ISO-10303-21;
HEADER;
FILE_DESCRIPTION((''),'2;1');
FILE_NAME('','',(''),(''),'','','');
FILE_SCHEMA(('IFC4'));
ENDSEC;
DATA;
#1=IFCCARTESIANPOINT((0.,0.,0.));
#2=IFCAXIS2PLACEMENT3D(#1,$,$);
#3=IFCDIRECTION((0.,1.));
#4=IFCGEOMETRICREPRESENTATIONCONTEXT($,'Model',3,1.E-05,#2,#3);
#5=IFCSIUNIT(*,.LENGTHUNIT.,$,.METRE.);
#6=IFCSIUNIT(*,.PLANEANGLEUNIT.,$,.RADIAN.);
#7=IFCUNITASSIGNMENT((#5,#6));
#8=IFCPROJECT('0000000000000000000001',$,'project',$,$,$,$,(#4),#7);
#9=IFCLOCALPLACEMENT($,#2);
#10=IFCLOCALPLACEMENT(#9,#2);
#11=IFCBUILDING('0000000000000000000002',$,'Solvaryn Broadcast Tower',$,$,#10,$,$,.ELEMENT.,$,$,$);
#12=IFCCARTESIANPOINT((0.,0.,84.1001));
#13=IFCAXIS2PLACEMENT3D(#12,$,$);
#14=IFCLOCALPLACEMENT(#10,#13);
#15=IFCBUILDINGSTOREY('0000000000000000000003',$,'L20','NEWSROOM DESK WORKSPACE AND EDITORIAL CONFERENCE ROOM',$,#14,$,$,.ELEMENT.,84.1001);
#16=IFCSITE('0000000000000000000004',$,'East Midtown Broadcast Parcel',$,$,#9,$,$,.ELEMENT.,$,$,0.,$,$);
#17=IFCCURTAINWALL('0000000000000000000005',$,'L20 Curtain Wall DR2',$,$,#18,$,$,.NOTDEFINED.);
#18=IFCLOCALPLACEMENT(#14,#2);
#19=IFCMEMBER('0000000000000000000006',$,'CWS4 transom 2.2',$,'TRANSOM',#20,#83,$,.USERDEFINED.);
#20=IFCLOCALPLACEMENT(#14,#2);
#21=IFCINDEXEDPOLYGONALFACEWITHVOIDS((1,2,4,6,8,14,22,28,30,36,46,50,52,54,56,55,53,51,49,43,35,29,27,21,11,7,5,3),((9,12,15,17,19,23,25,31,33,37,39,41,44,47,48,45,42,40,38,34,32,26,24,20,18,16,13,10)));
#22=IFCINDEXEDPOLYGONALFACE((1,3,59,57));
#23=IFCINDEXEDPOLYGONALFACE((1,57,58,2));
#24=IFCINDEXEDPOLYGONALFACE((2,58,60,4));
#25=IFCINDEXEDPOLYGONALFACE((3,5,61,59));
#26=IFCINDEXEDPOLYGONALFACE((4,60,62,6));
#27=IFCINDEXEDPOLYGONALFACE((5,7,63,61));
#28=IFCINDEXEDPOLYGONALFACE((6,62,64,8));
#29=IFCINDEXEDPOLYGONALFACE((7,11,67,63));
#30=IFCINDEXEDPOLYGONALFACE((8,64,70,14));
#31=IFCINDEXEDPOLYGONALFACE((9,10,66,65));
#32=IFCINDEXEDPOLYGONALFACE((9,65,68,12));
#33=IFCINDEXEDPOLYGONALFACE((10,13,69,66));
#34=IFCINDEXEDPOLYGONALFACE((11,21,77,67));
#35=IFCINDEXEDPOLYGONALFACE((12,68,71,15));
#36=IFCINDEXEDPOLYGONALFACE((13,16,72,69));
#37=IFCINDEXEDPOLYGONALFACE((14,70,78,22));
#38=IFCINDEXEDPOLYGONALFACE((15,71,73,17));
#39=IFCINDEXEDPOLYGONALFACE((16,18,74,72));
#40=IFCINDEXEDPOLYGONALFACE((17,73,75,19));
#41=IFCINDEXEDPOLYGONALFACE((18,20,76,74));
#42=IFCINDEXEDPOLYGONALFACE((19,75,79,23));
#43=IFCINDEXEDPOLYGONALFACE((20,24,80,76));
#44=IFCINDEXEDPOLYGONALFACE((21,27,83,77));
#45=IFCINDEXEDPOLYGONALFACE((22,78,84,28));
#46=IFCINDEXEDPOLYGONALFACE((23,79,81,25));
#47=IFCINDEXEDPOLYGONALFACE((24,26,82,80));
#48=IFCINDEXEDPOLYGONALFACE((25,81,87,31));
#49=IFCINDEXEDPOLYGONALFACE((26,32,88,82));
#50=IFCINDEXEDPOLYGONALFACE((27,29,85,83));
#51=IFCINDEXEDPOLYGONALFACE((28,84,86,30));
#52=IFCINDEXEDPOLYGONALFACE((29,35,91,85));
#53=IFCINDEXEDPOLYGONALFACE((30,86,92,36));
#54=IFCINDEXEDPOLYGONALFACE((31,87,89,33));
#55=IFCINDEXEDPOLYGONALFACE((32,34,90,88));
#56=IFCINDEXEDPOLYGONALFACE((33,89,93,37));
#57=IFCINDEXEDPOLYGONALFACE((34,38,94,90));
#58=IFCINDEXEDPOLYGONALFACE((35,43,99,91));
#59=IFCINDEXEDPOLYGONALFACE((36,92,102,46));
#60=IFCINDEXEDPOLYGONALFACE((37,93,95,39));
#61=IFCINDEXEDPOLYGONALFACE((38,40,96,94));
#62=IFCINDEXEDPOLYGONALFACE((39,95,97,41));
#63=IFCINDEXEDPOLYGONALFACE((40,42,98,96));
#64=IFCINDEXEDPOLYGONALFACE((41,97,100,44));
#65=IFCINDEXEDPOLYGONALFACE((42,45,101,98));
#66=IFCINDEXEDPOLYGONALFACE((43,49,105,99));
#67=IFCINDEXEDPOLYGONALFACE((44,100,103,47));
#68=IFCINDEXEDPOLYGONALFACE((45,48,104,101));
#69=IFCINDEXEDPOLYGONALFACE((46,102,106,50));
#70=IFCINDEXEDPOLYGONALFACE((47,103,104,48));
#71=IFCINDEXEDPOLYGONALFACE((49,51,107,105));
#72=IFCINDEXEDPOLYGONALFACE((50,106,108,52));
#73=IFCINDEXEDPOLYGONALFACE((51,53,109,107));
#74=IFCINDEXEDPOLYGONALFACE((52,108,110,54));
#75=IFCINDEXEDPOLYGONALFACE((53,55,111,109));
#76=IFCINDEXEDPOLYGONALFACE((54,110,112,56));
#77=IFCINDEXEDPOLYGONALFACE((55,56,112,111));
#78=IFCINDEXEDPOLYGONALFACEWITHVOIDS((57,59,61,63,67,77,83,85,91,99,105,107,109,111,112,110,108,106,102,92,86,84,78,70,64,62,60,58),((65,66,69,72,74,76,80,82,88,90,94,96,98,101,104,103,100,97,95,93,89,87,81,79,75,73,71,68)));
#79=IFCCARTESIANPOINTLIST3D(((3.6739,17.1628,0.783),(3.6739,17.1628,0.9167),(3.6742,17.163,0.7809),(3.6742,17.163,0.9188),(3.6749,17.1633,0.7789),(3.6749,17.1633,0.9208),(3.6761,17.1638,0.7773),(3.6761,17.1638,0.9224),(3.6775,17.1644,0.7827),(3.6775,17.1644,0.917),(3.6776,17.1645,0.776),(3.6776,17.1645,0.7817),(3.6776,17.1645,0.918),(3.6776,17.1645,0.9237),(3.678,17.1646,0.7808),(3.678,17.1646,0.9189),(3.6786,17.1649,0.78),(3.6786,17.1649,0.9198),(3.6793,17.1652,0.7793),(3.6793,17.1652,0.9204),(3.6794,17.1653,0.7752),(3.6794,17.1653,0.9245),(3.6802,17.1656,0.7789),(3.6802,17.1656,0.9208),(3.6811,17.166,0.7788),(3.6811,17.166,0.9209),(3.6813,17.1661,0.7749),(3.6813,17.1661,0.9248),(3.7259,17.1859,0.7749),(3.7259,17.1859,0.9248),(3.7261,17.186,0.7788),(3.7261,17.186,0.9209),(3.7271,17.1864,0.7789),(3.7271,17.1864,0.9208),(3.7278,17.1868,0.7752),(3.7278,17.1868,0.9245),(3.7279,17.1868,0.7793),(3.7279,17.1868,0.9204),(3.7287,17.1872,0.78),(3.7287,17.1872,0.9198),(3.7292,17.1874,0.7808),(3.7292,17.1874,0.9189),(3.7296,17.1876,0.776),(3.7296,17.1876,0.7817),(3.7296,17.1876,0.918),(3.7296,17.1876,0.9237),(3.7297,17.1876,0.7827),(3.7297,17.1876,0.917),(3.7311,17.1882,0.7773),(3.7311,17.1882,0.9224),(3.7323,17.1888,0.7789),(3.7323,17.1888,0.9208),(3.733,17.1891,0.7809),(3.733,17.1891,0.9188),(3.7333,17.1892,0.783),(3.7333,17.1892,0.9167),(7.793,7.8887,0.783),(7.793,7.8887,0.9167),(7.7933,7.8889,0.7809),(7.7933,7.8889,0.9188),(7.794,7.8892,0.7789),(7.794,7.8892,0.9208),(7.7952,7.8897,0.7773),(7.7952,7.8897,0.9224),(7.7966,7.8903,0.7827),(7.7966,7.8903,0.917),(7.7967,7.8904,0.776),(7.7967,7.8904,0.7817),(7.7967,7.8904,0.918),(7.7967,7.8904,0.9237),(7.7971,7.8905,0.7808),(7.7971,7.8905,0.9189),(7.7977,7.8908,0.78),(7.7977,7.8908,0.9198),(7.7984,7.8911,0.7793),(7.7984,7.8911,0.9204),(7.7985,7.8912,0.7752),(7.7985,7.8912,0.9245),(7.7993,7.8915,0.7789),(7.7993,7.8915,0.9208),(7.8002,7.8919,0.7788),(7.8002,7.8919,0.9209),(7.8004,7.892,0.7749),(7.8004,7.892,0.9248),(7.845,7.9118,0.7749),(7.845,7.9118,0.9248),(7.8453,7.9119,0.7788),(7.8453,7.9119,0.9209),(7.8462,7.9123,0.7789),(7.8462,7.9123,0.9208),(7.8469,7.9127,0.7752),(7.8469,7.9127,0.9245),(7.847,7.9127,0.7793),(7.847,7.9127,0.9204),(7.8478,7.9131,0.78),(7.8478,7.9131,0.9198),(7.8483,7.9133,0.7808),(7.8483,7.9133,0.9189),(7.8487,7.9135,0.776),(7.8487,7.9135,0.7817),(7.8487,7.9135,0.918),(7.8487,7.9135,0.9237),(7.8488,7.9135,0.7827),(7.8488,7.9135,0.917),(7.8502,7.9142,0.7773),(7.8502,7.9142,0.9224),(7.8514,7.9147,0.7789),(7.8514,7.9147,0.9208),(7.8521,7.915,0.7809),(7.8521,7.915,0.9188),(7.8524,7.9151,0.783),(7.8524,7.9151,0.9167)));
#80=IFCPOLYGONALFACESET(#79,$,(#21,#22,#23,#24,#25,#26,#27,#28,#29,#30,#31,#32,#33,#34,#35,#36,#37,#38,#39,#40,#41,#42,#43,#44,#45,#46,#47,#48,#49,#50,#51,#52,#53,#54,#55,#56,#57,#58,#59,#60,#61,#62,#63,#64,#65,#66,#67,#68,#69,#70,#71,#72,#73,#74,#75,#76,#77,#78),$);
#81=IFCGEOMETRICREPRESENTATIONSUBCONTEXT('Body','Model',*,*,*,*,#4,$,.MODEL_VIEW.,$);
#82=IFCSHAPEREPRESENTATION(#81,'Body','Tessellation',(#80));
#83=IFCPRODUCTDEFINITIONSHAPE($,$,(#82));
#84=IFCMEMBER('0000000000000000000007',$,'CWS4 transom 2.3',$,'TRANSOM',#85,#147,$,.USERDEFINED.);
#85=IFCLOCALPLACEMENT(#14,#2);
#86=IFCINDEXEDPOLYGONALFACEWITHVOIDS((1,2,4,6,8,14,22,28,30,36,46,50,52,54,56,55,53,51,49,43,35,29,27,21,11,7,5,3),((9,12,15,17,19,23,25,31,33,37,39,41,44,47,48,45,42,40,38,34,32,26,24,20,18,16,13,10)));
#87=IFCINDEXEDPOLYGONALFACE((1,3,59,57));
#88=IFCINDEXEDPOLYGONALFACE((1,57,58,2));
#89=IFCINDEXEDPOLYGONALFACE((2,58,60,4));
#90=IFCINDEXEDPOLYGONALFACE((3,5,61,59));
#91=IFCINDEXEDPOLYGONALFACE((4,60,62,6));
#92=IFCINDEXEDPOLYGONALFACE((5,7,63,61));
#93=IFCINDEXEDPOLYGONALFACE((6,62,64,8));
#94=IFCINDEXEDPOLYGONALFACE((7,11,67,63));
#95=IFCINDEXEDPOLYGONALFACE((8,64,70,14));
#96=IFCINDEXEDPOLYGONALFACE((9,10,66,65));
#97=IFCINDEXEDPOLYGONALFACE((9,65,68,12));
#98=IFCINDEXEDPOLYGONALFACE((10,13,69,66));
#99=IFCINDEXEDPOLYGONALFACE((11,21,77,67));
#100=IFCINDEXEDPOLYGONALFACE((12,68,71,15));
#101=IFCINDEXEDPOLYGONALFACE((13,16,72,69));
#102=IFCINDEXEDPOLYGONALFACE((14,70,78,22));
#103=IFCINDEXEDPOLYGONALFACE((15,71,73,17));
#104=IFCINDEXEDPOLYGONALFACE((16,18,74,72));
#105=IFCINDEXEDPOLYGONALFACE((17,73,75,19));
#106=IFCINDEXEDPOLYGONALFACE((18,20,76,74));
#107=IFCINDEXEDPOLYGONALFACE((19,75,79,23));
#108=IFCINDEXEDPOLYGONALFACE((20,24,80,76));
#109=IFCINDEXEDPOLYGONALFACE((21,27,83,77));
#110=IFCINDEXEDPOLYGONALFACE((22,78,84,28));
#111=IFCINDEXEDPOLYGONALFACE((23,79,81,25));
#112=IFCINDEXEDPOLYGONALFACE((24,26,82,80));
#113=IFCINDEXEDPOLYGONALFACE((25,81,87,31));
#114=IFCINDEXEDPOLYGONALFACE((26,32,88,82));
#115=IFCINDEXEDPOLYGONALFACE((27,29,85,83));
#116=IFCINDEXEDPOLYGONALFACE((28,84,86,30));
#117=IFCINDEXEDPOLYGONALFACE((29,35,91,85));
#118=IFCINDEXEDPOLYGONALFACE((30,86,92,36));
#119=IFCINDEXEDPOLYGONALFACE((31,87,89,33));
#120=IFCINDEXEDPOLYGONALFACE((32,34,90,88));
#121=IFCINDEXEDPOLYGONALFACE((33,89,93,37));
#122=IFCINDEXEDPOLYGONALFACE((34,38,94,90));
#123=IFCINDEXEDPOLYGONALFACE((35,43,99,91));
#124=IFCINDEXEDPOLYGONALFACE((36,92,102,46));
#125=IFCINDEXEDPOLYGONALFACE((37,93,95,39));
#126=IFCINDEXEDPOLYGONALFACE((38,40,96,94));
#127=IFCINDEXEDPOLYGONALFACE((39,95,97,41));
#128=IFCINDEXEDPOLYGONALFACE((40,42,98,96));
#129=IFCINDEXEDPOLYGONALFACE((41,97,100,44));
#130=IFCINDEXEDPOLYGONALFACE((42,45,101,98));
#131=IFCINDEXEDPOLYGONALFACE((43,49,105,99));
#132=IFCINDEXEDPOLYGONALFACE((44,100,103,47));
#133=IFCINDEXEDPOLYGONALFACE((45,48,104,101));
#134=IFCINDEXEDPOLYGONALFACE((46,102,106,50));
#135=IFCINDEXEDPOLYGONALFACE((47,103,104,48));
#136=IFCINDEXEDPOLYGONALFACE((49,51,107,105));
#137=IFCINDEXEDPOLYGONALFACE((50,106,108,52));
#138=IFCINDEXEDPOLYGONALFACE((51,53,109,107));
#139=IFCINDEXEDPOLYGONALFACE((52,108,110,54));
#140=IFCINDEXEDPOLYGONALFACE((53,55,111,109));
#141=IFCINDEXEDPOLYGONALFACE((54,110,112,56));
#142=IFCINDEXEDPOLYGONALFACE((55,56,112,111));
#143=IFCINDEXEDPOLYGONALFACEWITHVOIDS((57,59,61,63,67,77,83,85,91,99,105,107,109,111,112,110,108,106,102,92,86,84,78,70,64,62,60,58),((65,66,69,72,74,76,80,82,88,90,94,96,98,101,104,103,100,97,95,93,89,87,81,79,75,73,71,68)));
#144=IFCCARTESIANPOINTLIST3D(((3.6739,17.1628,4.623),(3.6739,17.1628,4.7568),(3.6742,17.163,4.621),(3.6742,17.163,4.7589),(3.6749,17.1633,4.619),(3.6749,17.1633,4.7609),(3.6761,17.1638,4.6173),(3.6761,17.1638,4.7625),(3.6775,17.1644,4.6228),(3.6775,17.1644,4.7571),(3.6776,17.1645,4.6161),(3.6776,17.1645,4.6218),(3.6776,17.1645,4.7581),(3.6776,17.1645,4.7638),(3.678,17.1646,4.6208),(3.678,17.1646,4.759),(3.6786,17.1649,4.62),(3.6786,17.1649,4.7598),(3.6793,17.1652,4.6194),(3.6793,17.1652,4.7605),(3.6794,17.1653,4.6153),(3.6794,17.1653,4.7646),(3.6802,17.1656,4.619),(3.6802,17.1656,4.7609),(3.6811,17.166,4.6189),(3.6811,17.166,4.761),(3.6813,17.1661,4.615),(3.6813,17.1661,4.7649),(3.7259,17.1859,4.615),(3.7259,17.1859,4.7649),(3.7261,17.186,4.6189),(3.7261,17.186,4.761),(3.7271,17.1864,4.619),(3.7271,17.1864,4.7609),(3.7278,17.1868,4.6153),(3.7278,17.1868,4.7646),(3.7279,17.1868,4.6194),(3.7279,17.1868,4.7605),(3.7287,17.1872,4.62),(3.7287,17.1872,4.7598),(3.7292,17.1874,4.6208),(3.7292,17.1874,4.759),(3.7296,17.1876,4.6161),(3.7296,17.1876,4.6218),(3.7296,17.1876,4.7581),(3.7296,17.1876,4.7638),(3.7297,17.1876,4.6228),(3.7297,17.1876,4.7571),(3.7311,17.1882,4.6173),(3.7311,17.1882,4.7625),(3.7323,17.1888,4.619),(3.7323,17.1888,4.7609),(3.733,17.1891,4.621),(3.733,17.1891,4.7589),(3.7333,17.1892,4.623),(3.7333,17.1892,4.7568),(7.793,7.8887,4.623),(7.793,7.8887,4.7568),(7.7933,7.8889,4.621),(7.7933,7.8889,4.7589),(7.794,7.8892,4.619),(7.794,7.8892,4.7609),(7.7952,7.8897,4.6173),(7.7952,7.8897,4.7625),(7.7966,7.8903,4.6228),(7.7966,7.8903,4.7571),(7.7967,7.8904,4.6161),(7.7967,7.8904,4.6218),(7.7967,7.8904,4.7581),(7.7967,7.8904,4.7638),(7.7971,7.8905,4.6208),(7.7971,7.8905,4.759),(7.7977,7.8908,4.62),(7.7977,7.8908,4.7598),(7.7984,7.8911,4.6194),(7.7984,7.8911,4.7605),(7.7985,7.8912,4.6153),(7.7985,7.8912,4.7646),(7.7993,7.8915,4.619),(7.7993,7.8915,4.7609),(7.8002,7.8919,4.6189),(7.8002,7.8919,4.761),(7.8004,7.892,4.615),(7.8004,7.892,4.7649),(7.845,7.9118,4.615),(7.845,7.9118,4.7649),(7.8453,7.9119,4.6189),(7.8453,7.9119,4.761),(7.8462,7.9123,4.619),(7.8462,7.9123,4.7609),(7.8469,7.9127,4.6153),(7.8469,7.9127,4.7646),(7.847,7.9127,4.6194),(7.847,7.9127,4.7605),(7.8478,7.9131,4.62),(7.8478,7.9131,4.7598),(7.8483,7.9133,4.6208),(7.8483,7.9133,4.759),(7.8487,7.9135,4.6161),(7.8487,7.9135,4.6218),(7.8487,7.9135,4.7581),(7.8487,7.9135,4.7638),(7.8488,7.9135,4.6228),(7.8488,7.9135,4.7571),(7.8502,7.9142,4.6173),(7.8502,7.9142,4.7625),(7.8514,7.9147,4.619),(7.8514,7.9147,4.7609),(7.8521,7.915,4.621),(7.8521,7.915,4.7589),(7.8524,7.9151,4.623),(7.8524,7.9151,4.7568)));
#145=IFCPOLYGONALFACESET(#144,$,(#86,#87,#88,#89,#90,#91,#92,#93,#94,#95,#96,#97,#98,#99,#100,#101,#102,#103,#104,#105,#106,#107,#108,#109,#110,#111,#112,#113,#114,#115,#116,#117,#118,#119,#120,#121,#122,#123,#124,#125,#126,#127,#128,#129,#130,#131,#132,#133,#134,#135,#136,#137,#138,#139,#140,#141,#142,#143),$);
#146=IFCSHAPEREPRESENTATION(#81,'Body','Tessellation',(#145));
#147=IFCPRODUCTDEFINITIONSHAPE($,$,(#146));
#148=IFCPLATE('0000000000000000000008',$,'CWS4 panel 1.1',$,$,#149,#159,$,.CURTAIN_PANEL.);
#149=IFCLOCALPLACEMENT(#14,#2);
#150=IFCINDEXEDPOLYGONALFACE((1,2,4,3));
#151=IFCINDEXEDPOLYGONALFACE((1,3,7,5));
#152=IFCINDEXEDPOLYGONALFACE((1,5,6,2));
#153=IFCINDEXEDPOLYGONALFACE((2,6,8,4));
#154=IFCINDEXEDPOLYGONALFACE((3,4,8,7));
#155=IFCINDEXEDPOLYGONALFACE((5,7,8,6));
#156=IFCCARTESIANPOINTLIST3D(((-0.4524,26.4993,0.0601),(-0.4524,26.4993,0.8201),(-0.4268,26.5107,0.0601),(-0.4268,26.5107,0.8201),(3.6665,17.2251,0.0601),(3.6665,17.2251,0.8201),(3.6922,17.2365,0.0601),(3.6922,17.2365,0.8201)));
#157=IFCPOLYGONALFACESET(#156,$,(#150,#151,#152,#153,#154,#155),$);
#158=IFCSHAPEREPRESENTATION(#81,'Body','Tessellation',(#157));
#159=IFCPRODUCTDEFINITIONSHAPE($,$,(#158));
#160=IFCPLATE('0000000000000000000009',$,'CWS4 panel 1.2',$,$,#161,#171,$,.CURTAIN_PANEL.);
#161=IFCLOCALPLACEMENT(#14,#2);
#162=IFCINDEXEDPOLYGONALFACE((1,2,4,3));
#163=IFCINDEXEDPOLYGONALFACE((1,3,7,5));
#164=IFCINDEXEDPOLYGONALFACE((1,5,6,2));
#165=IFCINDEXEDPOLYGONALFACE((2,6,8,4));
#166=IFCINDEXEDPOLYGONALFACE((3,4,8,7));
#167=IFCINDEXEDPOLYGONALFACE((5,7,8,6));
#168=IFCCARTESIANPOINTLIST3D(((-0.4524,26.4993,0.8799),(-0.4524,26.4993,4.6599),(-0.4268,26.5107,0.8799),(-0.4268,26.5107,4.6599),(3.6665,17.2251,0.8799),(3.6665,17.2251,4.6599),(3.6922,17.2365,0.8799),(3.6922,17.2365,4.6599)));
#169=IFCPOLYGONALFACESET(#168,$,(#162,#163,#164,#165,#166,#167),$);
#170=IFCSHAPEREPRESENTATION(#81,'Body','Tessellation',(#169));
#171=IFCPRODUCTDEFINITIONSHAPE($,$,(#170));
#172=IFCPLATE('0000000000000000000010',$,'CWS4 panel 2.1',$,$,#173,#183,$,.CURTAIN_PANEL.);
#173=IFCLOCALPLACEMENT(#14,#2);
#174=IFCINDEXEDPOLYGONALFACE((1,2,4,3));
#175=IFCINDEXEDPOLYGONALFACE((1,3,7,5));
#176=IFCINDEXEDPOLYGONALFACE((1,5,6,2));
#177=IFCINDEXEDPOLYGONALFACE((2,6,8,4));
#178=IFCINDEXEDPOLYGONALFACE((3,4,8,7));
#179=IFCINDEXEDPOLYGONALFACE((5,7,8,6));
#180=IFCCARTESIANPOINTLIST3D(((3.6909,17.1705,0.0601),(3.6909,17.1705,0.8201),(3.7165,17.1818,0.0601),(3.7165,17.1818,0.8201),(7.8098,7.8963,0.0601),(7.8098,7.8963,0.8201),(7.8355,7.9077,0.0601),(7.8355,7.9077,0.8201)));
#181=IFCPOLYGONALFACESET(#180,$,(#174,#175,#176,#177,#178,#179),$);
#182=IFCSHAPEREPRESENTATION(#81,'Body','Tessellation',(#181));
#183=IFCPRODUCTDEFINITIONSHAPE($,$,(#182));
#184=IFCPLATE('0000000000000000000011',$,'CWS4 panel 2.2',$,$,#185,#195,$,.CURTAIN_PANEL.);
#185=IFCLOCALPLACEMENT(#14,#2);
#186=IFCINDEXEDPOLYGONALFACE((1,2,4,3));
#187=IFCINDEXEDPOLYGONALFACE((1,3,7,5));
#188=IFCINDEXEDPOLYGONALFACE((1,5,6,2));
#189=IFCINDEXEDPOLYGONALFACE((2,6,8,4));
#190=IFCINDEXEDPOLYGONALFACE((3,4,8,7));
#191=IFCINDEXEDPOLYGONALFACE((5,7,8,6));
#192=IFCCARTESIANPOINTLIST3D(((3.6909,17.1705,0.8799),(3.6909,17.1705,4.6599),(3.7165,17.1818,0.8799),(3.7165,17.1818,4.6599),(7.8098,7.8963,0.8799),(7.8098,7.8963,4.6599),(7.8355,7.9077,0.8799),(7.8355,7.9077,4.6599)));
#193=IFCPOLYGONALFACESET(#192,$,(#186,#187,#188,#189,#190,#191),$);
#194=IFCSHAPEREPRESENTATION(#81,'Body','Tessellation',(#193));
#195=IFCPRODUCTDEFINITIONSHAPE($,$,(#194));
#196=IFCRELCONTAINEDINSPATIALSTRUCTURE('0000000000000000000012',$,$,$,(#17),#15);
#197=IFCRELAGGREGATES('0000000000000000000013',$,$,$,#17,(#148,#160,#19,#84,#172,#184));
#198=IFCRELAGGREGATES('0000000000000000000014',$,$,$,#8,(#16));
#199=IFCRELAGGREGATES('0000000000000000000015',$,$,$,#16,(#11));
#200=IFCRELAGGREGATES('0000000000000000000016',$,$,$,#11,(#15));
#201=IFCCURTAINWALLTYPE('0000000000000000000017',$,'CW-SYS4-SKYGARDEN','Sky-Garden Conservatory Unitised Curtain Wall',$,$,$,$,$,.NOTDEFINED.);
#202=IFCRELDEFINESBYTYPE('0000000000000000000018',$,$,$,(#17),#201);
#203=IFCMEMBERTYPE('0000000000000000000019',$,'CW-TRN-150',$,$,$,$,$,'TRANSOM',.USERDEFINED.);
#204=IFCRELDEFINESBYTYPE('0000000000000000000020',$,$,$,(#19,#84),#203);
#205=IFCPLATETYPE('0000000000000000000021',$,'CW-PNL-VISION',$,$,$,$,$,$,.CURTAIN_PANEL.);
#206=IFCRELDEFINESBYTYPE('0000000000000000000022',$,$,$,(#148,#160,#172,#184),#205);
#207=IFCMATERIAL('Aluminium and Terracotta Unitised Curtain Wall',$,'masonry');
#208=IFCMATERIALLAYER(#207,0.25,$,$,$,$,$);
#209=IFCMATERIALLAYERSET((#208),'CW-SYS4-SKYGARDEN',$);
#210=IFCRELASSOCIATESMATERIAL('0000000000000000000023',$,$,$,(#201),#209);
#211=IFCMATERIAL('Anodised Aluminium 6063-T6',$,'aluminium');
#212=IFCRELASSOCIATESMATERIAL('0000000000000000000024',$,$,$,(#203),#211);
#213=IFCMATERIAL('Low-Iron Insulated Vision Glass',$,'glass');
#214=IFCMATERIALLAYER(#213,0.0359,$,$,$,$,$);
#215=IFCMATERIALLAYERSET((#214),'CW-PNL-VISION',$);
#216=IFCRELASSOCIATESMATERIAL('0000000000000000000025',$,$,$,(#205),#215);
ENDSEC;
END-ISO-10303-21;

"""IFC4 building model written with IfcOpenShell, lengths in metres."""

from ifc_helpers import new_model, si_unit, direction, frame, origin, origin_2d, place, context, subcontext, project, spatial, rectangle, hollow_rectangle, extrude, material, layer, layer_set, material_profile, profile_set, type_object, element, aggregate, save


model = new_model("IFC4")

# Units and contexts
model_context = context("Model", 3, precision=1e-05, world=origin(), true_north=direction((0.0, 1.0)))
body_context = subcontext(model_context, "Body", "Model", "MODEL_VIEW")
ifc_project = project(units=[si_unit("LENGTHUNIT", "METRE"), si_unit("PLANEANGLEUNIT", "RADIAN")], contexts=[model_context])

# Site, building, storey
site_placement = place(None, origin())
site = spatial("IfcSite", under=ifc_project, at=site_placement, Name="East Midtown Broadcast Parcel", CompositionType="ELEMENT", RefElevation=0.0)
building_placement = place(site_placement, origin())
building = spatial("IfcBuilding", under=site, at=building_placement, Name="Solvaryn Broadcast Tower", CompositionType="ELEMENT")
storey_placement = place(building_placement, frame((0.0, 0.0, 84.1001)))
storey = spatial("IfcBuildingStorey", under=building, at=storey_placement, Name="L20", Description="NEWSROOM DESK WORKSPACE AND EDITORIAL CONFERENCE ROOM", CompositionType="ELEMENT", Elevation=84.1001)

# Shared definitions
ifc_material_1 = material(Name="Aluminium and Terracotta Unitised Curtain Wall", Category="masonry")
ifc_layer_1 = layer(ifc_material_1, 0.25)
ifc_layer_set_1 = layer_set([ifc_layer_1], Name="CW-SYS4-SKYGARDEN")
curtain_wall_type = type_object("IfcCurtainWallType", Name="CW-SYS4-SKYGARDEN", Description="Sky-Garden Conservatory Unitised Curtain Wall", PredefinedType="NOTDEFINED", material=ifc_layer_set_1)

# Curtain wall, members, plates
curtain_wall_1_placement = place(storey_placement, origin())
curtain_wall_1 = element("IfcCurtainWall", 1, at=curtain_wall_1_placement, inside=storey, type_object=curtain_wall_type, Name="L20 Curtain Wall DR2", PredefinedType="NOTDEFINED")
ifc_material_2 = material(Name="Anodised Aluminium 6063-T6", Category="aluminium")
ifc_material_profile_1 = material_profile(ifc_material_2, hollow_rectangle(XDim=0.0649, YDim=0.1499, WallThickness=0.0039, InnerFilletRadius=0.0039, OuterFilletRadius=0.0081, at=origin_2d()))
ifc_profile_set_1 = profile_set([ifc_material_profile_1], Name="Anodised Aluminium 6063-T6")
member_type_1 = type_object("IfcMemberType", Name="CW-TRN-150", ElementType="TRANSOM", PredefinedType="USERDEFINED", material=ifc_profile_set_1)
member_1_placement = place(storey_placement, frame((3.7036, 17.176, 0.8499), z_axis=(0.405915, -0.913911, 0.0), x_axis=(0.913911, 0.405915, 0.0)))
member_1 = element("IfcMember", 2, at=member_1_placement, type_object=member_type_1, Name="CWS4 transom 2.2", ObjectType="TRANSOM", PredefinedType="USERDEFINED", context=body_context, shape_type="SweptSolid", body=[
    extrude(hollow_rectangle(XDim=0.0649, YDim=0.1499, WallThickness=0.0039, InnerFilletRadius=0.0039, OuterFilletRadius=0.0081, at=origin_2d()), origin(), (0.0, 0.0, 1.0), 10.1477),
])
member_2_placement = place(storey_placement, frame((3.7036, 17.176, 4.6899), z_axis=(0.405915, -0.913911, 0.0), x_axis=(0.913911, 0.405915, 0.0)))
member_2 = element("IfcMember", 3, at=member_2_placement, type_object=member_type_1, Name="CWS4 transom 2.3", ObjectType="TRANSOM", PredefinedType="USERDEFINED", context=body_context, shape_type="SweptSolid", body=[
    extrude(hollow_rectangle(XDim=0.0649, YDim=0.1499, WallThickness=0.0039, InnerFilletRadius=0.0039, OuterFilletRadius=0.0081, at=origin_2d()), origin(), (0.0, 0.0, 1.0), 10.1477),
])
ifc_material_3 = material(Name="Low-Iron Insulated Vision Glass", Category="glass")
ifc_layer_2 = layer(ifc_material_3, 0.0359)
ifc_layer_set_2 = layer_set([ifc_layer_2], Name="CW-PNL-VISION")
plate_type = type_object("IfcPlateType", Name="CW-PNL-VISION", PredefinedType="CURTAIN_PANEL", material=ifc_layer_set_2)
plate_1_placement = place(storey_placement, frame((1.6199, 21.8679, 0.0601), z_axis=(0.0, 0.0, 1.0), x_axis=(0.405898, -0.913918, 0.0)))
plate_1 = element("IfcPlate", 4, at=plate_1_placement, type_object=plate_type, Name="CWS4 panel 1.1", PredefinedType="CURTAIN_PANEL", context=body_context, shape_type="SweptSolid", body=[
    extrude(rectangle(XDim=10.1477, YDim=0.0281, at=origin_2d()), origin(), (0.0, 0.0, 1.0), 0.76),
])
plate_2_placement = place(storey_placement, frame((1.6199, 21.8679, 0.8799), z_axis=(0.0, 0.0, 1.0), x_axis=(0.405898, -0.913918, 0.0)))
plate_2 = element("IfcPlate", 5, at=plate_2_placement, type_object=plate_type, Name="CWS4 panel 1.2", PredefinedType="CURTAIN_PANEL", context=body_context, shape_type="SweptSolid", body=[
    extrude(rectangle(XDim=10.1477, YDim=0.0281, at=origin_2d()), origin(), (0.0, 0.0, 1.0), 3.78),
])
plate_3_placement = place(storey_placement, frame((5.7632, 12.5391, 0.0601), z_axis=(0.0, 0.0, 1.0), x_axis=(0.405898, -0.913918, 0.0)))
plate_3 = element("IfcPlate", 6, at=plate_3_placement, type_object=plate_type, Name="CWS4 panel 2.1", PredefinedType="CURTAIN_PANEL", context=body_context, shape_type="SweptSolid", body=[
    extrude(rectangle(XDim=10.1477, YDim=0.0281, at=origin_2d()), origin(), (0.0, 0.0, 1.0), 0.76),
])
plate_4_placement = place(storey_placement, frame((5.7632, 12.5391, 0.8799), z_axis=(0.0, 0.0, 1.0), x_axis=(0.405898, -0.913918, 0.0)))
plate_4 = element("IfcPlate", 7, at=plate_4_placement, type_object=plate_type, Name="CWS4 panel 2.2", PredefinedType="CURTAIN_PANEL", context=body_context, shape_type="SweptSolid", body=[
    extrude(rectangle(XDim=10.1477, YDim=0.0281, at=origin_2d()), origin(), (0.0, 0.0, 1.0), 3.78),
])
aggregate(curtain_wall_1, [plate_1, plate_2, member_1, member_2, plate_3, plate_4])

save(model, "model.ifc")
